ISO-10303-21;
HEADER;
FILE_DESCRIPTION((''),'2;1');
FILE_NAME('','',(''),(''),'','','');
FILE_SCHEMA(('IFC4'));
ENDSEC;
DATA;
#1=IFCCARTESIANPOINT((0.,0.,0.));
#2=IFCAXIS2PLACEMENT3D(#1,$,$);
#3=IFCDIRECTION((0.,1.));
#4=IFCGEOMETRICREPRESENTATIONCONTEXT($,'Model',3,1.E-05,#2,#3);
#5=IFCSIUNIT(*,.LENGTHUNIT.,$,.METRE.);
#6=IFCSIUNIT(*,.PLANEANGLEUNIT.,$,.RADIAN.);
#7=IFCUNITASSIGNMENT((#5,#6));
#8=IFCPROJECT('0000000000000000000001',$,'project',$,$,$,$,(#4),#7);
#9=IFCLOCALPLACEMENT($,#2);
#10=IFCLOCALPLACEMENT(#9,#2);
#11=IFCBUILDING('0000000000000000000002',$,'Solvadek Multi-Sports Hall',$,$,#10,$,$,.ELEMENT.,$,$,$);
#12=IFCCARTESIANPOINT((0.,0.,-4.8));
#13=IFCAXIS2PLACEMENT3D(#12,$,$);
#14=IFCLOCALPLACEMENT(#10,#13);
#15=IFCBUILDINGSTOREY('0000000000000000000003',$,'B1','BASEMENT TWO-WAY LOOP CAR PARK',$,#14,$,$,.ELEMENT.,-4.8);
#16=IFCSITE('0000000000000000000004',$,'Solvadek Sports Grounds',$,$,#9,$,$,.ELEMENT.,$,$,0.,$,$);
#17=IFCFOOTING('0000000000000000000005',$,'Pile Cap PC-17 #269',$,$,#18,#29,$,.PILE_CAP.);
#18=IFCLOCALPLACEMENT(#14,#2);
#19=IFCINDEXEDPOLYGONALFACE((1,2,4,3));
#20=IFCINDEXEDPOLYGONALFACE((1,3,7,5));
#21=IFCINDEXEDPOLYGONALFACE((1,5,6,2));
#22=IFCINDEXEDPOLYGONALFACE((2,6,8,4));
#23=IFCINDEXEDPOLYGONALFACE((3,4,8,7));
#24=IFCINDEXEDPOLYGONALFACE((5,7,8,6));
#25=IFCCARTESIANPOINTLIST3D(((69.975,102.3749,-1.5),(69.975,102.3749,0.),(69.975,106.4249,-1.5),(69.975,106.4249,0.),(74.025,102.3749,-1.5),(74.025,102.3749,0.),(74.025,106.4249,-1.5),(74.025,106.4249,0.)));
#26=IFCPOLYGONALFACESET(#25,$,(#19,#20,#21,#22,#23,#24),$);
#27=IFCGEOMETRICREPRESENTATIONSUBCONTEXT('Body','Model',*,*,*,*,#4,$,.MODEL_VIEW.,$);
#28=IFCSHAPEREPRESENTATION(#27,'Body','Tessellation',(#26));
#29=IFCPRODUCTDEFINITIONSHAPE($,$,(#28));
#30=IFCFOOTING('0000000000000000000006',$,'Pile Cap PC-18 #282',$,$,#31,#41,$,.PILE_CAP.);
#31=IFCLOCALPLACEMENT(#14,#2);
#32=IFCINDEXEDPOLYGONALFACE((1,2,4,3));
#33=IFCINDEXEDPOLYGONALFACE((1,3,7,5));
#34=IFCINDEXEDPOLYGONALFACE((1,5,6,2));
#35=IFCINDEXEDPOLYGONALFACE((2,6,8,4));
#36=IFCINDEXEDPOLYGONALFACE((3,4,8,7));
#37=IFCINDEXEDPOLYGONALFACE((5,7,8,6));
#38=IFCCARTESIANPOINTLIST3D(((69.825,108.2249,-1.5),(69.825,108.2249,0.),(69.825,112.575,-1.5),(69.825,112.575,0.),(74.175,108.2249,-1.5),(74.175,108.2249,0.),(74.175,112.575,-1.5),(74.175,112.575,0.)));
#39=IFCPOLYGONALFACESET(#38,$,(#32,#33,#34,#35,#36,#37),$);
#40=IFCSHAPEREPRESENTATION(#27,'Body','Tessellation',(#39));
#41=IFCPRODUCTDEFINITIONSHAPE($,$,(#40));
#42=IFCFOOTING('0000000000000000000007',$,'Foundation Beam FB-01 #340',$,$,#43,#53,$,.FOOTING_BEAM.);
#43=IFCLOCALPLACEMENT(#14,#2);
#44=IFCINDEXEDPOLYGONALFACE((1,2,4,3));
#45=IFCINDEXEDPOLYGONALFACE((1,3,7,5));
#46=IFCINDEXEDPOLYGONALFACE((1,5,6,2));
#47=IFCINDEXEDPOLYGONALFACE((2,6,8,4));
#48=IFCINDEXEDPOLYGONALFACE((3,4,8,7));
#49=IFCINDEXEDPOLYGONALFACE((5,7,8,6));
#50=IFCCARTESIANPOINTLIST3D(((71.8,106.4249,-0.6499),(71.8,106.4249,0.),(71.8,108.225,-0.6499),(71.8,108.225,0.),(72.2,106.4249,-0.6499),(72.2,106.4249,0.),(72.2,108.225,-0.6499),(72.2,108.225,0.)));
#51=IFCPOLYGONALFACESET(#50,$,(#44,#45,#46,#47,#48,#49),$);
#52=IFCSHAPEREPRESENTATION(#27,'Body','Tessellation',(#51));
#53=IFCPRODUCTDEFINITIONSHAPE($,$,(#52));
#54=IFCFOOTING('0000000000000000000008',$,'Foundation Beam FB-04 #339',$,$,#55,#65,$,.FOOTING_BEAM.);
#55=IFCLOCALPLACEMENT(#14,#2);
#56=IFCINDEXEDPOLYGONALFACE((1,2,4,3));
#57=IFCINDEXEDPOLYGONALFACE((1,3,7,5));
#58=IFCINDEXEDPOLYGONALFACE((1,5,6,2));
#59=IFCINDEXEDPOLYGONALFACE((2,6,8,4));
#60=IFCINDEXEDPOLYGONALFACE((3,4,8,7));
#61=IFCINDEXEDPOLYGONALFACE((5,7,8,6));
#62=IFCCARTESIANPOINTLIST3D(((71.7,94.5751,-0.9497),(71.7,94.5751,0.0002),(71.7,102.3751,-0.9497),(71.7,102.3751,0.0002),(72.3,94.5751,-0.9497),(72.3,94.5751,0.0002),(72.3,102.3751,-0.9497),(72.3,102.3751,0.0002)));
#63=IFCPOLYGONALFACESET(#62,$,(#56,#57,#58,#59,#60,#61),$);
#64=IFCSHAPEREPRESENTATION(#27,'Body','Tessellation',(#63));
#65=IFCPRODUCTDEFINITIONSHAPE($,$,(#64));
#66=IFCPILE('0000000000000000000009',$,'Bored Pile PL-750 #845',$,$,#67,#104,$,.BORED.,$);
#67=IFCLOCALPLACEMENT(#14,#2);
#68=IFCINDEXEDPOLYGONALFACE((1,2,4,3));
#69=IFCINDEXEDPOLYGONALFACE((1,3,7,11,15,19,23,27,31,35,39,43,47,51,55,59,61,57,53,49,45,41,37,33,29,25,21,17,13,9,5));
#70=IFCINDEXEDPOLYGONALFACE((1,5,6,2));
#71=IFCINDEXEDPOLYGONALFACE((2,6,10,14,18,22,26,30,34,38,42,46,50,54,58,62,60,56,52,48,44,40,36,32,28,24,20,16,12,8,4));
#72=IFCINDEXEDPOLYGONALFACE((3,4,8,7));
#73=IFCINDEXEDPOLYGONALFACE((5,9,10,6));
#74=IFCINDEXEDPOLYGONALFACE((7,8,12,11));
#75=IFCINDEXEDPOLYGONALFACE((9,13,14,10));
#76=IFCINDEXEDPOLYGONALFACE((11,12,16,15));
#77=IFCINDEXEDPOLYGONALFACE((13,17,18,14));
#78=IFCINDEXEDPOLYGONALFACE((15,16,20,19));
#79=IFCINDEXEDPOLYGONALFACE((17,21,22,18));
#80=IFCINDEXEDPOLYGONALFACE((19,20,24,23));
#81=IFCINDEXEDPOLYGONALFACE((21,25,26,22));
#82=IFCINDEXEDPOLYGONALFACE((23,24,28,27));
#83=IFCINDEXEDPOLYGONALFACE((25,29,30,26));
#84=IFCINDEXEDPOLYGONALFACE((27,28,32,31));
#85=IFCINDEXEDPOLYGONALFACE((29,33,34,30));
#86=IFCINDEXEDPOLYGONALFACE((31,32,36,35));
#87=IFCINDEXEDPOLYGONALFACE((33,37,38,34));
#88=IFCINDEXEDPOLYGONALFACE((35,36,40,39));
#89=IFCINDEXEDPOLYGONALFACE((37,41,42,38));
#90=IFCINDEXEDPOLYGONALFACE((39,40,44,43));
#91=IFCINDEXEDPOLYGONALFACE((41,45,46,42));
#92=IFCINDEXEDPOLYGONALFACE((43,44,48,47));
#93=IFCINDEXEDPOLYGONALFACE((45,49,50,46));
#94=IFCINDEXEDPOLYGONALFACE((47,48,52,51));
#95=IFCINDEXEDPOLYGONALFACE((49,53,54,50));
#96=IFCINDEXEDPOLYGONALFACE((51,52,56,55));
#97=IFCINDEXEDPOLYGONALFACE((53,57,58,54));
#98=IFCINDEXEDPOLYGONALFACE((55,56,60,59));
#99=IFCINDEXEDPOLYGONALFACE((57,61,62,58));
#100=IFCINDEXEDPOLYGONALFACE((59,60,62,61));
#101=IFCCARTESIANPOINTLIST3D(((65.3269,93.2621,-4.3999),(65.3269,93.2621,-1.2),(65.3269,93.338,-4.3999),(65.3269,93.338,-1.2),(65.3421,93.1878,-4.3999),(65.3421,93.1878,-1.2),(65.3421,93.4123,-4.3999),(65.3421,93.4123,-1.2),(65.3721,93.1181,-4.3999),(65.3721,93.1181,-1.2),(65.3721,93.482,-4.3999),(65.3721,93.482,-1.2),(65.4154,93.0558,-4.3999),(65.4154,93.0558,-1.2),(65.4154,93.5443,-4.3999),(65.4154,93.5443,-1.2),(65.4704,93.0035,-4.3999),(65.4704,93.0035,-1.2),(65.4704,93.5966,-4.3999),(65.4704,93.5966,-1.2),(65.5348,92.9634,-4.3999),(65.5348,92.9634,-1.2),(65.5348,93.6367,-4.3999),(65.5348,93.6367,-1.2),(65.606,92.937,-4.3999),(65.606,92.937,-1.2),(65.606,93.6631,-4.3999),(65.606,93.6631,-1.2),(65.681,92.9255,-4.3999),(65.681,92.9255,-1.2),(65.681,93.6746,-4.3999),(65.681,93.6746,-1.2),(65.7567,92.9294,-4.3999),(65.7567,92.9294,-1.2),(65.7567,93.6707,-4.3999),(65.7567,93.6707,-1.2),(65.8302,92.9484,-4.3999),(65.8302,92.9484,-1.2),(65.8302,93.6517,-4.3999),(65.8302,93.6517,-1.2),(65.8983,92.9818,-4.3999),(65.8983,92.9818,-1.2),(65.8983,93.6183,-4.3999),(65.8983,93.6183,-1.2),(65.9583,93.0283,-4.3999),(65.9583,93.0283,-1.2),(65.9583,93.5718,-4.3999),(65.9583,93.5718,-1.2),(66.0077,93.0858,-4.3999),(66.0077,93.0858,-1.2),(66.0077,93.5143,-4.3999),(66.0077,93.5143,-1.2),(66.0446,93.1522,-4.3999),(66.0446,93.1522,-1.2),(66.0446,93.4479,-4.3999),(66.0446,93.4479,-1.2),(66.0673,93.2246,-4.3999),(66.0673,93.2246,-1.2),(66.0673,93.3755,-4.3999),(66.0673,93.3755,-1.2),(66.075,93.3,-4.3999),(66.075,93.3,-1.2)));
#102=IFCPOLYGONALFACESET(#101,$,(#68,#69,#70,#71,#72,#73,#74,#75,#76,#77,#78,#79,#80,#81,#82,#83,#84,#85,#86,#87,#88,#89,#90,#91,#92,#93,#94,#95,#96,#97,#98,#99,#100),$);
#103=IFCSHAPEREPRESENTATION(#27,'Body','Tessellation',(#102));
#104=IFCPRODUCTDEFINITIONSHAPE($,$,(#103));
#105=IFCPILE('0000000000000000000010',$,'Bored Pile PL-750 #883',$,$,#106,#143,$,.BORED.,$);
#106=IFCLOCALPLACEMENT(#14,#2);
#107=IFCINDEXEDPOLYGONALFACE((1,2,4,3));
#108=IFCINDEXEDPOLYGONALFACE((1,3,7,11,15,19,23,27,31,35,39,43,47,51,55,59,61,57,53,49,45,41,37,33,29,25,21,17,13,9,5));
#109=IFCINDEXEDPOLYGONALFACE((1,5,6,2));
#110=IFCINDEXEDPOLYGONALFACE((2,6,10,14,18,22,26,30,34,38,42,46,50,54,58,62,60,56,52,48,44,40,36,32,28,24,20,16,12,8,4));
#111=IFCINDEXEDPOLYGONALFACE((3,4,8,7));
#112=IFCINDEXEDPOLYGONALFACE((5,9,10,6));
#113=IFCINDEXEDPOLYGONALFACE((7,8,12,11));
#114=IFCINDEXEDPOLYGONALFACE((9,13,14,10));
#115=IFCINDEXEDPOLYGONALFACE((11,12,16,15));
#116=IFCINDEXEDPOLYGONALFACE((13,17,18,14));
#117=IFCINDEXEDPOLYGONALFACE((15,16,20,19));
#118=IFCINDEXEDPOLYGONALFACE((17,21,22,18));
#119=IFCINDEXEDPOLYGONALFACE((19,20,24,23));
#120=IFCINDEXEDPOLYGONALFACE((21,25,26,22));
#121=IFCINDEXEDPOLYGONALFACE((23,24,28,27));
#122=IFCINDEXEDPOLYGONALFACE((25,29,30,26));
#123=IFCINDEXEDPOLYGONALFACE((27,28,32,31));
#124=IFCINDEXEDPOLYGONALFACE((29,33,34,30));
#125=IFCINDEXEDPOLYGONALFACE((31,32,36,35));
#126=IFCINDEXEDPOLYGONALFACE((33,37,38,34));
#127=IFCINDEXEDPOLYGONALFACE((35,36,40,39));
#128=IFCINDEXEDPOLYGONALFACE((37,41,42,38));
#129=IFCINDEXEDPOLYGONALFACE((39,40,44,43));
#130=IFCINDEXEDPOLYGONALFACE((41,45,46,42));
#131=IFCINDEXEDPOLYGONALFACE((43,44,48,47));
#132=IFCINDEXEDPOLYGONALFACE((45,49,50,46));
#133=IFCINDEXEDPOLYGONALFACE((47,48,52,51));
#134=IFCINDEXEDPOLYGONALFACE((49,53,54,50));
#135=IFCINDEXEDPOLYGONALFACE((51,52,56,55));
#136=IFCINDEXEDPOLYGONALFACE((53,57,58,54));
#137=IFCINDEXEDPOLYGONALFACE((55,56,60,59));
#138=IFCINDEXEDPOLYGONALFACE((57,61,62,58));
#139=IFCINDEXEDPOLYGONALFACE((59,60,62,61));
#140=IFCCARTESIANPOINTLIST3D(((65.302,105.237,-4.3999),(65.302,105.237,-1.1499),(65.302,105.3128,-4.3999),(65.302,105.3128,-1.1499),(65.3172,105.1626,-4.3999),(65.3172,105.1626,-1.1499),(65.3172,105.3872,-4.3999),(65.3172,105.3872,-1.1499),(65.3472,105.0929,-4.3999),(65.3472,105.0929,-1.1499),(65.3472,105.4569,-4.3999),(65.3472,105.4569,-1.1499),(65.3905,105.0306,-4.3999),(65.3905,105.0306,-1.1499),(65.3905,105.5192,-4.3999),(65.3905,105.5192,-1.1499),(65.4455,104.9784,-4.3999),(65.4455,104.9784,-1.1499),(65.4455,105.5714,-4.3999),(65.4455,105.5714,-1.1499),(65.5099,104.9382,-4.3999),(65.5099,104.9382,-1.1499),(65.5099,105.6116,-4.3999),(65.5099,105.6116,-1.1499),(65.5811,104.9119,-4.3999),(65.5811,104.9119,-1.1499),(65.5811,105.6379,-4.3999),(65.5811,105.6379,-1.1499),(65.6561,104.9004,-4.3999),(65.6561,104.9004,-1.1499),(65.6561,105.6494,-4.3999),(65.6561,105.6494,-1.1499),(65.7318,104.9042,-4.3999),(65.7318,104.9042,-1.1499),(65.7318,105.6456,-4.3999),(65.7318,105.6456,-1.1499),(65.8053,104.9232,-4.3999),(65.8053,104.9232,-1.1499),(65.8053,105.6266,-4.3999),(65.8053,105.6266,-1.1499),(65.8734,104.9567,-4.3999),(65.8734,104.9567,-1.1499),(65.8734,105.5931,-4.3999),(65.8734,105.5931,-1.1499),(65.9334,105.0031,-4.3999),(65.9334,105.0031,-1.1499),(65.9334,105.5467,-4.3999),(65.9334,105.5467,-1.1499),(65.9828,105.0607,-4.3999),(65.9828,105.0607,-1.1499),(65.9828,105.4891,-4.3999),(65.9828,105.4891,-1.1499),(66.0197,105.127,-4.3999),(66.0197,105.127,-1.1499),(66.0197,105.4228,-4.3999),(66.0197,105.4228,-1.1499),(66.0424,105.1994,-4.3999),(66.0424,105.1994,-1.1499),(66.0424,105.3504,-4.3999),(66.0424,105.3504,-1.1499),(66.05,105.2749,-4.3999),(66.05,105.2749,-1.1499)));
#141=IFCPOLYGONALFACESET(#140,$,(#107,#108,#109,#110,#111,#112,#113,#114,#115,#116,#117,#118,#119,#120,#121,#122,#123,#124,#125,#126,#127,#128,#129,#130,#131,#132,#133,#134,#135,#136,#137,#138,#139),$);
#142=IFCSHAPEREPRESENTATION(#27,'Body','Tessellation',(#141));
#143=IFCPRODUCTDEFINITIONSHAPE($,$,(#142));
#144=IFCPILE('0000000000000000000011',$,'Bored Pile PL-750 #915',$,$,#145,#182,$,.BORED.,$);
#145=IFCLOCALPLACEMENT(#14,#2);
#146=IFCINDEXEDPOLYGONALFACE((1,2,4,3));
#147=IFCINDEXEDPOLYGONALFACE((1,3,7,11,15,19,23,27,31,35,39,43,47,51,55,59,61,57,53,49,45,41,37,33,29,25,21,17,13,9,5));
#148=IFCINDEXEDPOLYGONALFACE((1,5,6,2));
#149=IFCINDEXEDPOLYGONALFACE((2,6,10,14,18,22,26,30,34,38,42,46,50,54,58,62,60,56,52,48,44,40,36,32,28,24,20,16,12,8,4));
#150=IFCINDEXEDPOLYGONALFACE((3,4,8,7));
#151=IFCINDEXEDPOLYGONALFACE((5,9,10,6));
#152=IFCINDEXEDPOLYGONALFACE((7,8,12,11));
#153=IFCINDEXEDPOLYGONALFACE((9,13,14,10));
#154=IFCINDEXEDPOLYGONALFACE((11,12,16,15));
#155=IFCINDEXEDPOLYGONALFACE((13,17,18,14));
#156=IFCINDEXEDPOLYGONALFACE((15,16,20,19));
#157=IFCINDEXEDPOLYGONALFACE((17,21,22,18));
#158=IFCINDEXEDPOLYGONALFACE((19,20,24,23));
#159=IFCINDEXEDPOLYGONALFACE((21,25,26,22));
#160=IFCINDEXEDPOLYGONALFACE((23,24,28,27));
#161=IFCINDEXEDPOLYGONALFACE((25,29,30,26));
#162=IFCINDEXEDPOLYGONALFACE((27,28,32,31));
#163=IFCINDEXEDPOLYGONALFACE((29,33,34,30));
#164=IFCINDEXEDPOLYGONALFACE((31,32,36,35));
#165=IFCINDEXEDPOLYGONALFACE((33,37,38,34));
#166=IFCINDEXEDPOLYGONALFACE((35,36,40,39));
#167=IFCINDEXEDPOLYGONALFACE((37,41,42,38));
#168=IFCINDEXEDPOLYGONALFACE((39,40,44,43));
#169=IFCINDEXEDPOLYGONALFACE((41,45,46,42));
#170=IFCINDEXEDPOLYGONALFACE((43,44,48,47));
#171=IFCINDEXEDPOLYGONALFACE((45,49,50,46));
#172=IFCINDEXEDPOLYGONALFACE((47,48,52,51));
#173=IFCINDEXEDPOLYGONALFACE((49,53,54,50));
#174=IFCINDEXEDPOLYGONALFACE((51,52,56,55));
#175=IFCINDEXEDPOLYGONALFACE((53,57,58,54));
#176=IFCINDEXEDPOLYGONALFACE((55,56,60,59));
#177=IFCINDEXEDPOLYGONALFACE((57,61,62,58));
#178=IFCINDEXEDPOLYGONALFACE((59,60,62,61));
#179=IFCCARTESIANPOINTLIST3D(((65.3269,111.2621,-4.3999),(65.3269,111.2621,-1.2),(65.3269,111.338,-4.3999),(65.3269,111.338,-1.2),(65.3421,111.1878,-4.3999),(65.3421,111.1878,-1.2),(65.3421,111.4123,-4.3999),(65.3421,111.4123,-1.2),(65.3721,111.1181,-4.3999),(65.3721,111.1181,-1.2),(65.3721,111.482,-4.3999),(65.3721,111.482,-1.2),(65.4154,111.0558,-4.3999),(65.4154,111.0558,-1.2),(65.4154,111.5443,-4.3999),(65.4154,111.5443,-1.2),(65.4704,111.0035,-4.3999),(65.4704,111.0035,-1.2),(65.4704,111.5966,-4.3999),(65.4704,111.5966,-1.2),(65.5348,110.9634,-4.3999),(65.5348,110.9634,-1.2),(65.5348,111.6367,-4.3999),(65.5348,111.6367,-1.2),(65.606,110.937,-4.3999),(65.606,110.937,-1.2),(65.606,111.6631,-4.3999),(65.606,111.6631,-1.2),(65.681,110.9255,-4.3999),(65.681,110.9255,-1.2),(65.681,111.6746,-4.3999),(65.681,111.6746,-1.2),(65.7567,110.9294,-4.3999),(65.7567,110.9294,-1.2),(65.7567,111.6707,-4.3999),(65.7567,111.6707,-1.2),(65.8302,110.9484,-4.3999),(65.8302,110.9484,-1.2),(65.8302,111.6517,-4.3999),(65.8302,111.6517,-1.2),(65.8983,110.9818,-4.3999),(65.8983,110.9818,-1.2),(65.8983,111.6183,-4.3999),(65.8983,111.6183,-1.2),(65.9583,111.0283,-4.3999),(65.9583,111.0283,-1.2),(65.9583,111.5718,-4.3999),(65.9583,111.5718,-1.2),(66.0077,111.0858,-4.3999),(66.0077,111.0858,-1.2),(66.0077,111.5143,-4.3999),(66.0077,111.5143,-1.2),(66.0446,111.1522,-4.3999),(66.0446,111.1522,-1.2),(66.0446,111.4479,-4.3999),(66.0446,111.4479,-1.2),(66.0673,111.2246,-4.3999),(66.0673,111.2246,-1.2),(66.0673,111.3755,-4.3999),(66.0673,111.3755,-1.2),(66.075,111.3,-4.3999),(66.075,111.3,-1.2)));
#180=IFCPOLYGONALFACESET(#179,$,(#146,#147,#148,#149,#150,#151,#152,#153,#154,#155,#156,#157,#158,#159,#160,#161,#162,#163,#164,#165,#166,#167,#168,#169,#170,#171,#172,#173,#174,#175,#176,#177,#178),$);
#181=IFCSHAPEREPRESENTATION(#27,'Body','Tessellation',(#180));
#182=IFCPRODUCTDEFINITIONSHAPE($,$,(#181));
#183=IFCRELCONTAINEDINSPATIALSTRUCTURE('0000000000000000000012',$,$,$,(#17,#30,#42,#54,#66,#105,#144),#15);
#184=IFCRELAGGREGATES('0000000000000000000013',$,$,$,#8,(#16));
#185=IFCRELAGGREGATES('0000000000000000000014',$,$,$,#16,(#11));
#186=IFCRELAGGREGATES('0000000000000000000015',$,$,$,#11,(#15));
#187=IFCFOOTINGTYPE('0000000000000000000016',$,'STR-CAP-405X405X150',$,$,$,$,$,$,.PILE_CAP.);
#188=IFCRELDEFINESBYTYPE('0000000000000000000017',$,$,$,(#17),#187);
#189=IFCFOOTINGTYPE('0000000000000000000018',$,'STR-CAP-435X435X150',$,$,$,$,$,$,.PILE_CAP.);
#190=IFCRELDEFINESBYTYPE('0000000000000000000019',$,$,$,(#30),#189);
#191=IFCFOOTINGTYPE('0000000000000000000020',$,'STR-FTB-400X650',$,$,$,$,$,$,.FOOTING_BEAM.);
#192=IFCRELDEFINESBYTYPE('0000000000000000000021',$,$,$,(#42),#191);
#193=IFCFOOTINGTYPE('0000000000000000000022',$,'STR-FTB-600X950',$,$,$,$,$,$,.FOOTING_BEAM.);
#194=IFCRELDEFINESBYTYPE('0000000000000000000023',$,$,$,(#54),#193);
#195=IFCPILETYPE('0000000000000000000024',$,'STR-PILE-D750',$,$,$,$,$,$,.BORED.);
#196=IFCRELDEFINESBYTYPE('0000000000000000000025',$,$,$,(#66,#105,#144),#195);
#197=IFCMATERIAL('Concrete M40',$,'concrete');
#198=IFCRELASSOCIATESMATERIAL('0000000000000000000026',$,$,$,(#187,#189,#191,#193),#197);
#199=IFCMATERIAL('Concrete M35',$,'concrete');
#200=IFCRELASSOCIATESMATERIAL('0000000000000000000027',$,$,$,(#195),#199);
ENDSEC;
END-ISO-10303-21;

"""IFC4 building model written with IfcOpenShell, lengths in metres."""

from ifc_helpers import new_model, si_unit, direction, frame, origin, origin_2d, place, context, subcontext, project, spatial, rectangle, circle, extrude, material, material_profile, profile_set, type_object, element, save


model = new_model("IFC4")

# Units and contexts
model_context = context("Model", 3, precision=1e-05, world=origin(), true_north=direction((0.0, 1.0)))
body_context = subcontext(model_context, "Body", "Model", "MODEL_VIEW")
ifc_project = project(units=[si_unit("LENGTHUNIT", "METRE"), si_unit("PLANEANGLEUNIT", "RADIAN")], contexts=[model_context])

# Site, building, storey
site_placement = place(None, origin())
site = spatial("IfcSite", under=ifc_project, at=site_placement, Name="Solvadek Sports Grounds", CompositionType="ELEMENT", RefElevation=0.0)
building_placement = place(site_placement, origin())
building = spatial("IfcBuilding", under=site, at=building_placement, Name="Solvadek Multi-Sports Hall", CompositionType="ELEMENT")
storey_placement = place(building_placement, frame((0.0, 0.0, -4.8)))
storey = spatial("IfcBuildingStorey", under=building, at=storey_placement, Name="B1", Description="BASEMENT TWO-WAY LOOP CAR PARK", CompositionType="ELEMENT", Elevation=-4.8)

# Footings
ifc_material_1 = material(Name="Concrete M40", Category="concrete")
footing_type_1 = type_object("IfcFootingType", Name="STR-CAP-405X405X150", PredefinedType="PILE_CAP", material=ifc_material_1)
footing_1_placement = place(storey_placement, frame((72.0, 104.3999, -1.5), z_axis=(0.0, 0.0, 1.0), x_axis=(1.0, 0.0, 0.0)))
element("IfcFooting", 1, at=footing_1_placement, inside=storey, type_object=footing_type_1, Name="Pile Cap PC-17 #269", PredefinedType="PILE_CAP", context=body_context, shape_type="SweptSolid", body=[
    extrude(rectangle(XDim=4.05, YDim=4.05, at=origin_2d()), origin(), (0.0, 0.0, 1.0), 1.5),
])
footing_type_2 = type_object("IfcFootingType", Name="STR-CAP-435X435X150", PredefinedType="PILE_CAP", material=ifc_material_1)
footing_2_placement = place(storey_placement, frame((72.0, 110.3999, -1.5), z_axis=(0.0, 0.0, 1.0), x_axis=(1.0, 0.0, 0.0)))
element("IfcFooting", 2, at=footing_2_placement, inside=storey, type_object=footing_type_2, Name="Pile Cap PC-18 #282", PredefinedType="PILE_CAP", context=body_context, shape_type="SweptSolid", body=[
    extrude(rectangle(XDim=4.3501, YDim=4.3501, at=origin_2d()), origin(), (0.0, 0.0, 1.0), 1.5),
])
footing_type_3 = type_object("IfcFootingType", Name="STR-FTB-400X650", PredefinedType="FOOTING_BEAM", material=ifc_material_1)
footing_3_placement = place(storey_placement, frame((72.0, 107.325, -0.6499), z_axis=(0.0, 0.0, 1.0), x_axis=(0.0, 1.0, 0.0)))
element("IfcFooting", 3, at=footing_3_placement, inside=storey, type_object=footing_type_3, Name="Foundation Beam FB-01 #340", PredefinedType="FOOTING_BEAM", context=body_context, shape_type="SweptSolid", body=[
    extrude(rectangle(XDim=1.8, YDim=0.3999, at=origin_2d()), origin(), (0.0, 0.0, 1.0), 0.6499),
])
footing_type_4 = type_object("IfcFootingType", Name="STR-FTB-600X950", PredefinedType="FOOTING_BEAM", material=ifc_material_1)
footing_4_placement = place(storey_placement, frame((72.0, 98.4751, -0.9497), z_axis=(0.0, 0.0, 1.0), x_axis=(0.0, 1.0, 0.0)))
element("IfcFooting", 4, at=footing_4_placement, inside=storey, type_object=footing_type_4, Name="Foundation Beam FB-04 #339", PredefinedType="FOOTING_BEAM", context=body_context, shape_type="SweptSolid", body=[
    extrude(rectangle(XDim=7.8, YDim=0.6001, at=origin_2d()), origin(), (0.0, 0.0, 1.0), 0.95),
])

# Piles
ifc_material_2 = material(Name="Concrete M35", Category="concrete")
ifc_material_profile_1 = material_profile(ifc_material_2, circle(Radius=0.375, at=origin_2d()), Name="BORED PILE D750")
ifc_profile_set_1 = profile_set([ifc_material_profile_1], Name="Concrete M35")
pile_type_1 = type_object("IfcPileType", Name="STR-PILE-D750", PredefinedType="BORED", material=ifc_profile_set_1)
pile_1_placement = place(storey_placement, frame((65.7, 93.3, -1.2), z_axis=(0.0, 0.0, -1.0), x_axis=(1.0, 0.0, 0.0)))
element("IfcPile", 5, at=pile_1_placement, inside=storey, type_object=pile_type_1, Name="Bored Pile PL-750 #845", PredefinedType="BORED", context=body_context, shape_type="SweptSolid", body=[
    extrude(circle(Radius=0.375, at=origin_2d()), origin(), (0.0, 0.0, 1.0), 3.2),
])
pile_2_placement = place(storey_placement, frame((65.675, 105.2749, -1.1499), z_axis=(0.0, 0.0, -1.0), x_axis=(1.0, 0.0, 0.0)))
element("IfcPile", 6, at=pile_2_placement, inside=storey, type_object=pile_type_1, Name="Bored Pile PL-750 #883", PredefinedType="BORED", context=body_context, shape_type="SweptSolid", body=[
    extrude(circle(Radius=0.375, at=origin_2d()), origin(), (0.0, 0.0, 1.0), 3.25),
])
pile_3_placement = place(storey_placement, frame((65.7, 111.3, -1.2), z_axis=(0.0, 0.0, -1.0), x_axis=(1.0, 0.0, 0.0)))
element("IfcPile", 7, at=pile_3_placement, inside=storey, type_object=pile_type_1, Name="Bored Pile PL-750 #915", PredefinedType="BORED", context=body_context, shape_type="SweptSolid", body=[
    extrude(circle(Radius=0.375, at=origin_2d()), origin(), (0.0, 0.0, 1.0), 3.2),
])

save(model, "model.ifc")
